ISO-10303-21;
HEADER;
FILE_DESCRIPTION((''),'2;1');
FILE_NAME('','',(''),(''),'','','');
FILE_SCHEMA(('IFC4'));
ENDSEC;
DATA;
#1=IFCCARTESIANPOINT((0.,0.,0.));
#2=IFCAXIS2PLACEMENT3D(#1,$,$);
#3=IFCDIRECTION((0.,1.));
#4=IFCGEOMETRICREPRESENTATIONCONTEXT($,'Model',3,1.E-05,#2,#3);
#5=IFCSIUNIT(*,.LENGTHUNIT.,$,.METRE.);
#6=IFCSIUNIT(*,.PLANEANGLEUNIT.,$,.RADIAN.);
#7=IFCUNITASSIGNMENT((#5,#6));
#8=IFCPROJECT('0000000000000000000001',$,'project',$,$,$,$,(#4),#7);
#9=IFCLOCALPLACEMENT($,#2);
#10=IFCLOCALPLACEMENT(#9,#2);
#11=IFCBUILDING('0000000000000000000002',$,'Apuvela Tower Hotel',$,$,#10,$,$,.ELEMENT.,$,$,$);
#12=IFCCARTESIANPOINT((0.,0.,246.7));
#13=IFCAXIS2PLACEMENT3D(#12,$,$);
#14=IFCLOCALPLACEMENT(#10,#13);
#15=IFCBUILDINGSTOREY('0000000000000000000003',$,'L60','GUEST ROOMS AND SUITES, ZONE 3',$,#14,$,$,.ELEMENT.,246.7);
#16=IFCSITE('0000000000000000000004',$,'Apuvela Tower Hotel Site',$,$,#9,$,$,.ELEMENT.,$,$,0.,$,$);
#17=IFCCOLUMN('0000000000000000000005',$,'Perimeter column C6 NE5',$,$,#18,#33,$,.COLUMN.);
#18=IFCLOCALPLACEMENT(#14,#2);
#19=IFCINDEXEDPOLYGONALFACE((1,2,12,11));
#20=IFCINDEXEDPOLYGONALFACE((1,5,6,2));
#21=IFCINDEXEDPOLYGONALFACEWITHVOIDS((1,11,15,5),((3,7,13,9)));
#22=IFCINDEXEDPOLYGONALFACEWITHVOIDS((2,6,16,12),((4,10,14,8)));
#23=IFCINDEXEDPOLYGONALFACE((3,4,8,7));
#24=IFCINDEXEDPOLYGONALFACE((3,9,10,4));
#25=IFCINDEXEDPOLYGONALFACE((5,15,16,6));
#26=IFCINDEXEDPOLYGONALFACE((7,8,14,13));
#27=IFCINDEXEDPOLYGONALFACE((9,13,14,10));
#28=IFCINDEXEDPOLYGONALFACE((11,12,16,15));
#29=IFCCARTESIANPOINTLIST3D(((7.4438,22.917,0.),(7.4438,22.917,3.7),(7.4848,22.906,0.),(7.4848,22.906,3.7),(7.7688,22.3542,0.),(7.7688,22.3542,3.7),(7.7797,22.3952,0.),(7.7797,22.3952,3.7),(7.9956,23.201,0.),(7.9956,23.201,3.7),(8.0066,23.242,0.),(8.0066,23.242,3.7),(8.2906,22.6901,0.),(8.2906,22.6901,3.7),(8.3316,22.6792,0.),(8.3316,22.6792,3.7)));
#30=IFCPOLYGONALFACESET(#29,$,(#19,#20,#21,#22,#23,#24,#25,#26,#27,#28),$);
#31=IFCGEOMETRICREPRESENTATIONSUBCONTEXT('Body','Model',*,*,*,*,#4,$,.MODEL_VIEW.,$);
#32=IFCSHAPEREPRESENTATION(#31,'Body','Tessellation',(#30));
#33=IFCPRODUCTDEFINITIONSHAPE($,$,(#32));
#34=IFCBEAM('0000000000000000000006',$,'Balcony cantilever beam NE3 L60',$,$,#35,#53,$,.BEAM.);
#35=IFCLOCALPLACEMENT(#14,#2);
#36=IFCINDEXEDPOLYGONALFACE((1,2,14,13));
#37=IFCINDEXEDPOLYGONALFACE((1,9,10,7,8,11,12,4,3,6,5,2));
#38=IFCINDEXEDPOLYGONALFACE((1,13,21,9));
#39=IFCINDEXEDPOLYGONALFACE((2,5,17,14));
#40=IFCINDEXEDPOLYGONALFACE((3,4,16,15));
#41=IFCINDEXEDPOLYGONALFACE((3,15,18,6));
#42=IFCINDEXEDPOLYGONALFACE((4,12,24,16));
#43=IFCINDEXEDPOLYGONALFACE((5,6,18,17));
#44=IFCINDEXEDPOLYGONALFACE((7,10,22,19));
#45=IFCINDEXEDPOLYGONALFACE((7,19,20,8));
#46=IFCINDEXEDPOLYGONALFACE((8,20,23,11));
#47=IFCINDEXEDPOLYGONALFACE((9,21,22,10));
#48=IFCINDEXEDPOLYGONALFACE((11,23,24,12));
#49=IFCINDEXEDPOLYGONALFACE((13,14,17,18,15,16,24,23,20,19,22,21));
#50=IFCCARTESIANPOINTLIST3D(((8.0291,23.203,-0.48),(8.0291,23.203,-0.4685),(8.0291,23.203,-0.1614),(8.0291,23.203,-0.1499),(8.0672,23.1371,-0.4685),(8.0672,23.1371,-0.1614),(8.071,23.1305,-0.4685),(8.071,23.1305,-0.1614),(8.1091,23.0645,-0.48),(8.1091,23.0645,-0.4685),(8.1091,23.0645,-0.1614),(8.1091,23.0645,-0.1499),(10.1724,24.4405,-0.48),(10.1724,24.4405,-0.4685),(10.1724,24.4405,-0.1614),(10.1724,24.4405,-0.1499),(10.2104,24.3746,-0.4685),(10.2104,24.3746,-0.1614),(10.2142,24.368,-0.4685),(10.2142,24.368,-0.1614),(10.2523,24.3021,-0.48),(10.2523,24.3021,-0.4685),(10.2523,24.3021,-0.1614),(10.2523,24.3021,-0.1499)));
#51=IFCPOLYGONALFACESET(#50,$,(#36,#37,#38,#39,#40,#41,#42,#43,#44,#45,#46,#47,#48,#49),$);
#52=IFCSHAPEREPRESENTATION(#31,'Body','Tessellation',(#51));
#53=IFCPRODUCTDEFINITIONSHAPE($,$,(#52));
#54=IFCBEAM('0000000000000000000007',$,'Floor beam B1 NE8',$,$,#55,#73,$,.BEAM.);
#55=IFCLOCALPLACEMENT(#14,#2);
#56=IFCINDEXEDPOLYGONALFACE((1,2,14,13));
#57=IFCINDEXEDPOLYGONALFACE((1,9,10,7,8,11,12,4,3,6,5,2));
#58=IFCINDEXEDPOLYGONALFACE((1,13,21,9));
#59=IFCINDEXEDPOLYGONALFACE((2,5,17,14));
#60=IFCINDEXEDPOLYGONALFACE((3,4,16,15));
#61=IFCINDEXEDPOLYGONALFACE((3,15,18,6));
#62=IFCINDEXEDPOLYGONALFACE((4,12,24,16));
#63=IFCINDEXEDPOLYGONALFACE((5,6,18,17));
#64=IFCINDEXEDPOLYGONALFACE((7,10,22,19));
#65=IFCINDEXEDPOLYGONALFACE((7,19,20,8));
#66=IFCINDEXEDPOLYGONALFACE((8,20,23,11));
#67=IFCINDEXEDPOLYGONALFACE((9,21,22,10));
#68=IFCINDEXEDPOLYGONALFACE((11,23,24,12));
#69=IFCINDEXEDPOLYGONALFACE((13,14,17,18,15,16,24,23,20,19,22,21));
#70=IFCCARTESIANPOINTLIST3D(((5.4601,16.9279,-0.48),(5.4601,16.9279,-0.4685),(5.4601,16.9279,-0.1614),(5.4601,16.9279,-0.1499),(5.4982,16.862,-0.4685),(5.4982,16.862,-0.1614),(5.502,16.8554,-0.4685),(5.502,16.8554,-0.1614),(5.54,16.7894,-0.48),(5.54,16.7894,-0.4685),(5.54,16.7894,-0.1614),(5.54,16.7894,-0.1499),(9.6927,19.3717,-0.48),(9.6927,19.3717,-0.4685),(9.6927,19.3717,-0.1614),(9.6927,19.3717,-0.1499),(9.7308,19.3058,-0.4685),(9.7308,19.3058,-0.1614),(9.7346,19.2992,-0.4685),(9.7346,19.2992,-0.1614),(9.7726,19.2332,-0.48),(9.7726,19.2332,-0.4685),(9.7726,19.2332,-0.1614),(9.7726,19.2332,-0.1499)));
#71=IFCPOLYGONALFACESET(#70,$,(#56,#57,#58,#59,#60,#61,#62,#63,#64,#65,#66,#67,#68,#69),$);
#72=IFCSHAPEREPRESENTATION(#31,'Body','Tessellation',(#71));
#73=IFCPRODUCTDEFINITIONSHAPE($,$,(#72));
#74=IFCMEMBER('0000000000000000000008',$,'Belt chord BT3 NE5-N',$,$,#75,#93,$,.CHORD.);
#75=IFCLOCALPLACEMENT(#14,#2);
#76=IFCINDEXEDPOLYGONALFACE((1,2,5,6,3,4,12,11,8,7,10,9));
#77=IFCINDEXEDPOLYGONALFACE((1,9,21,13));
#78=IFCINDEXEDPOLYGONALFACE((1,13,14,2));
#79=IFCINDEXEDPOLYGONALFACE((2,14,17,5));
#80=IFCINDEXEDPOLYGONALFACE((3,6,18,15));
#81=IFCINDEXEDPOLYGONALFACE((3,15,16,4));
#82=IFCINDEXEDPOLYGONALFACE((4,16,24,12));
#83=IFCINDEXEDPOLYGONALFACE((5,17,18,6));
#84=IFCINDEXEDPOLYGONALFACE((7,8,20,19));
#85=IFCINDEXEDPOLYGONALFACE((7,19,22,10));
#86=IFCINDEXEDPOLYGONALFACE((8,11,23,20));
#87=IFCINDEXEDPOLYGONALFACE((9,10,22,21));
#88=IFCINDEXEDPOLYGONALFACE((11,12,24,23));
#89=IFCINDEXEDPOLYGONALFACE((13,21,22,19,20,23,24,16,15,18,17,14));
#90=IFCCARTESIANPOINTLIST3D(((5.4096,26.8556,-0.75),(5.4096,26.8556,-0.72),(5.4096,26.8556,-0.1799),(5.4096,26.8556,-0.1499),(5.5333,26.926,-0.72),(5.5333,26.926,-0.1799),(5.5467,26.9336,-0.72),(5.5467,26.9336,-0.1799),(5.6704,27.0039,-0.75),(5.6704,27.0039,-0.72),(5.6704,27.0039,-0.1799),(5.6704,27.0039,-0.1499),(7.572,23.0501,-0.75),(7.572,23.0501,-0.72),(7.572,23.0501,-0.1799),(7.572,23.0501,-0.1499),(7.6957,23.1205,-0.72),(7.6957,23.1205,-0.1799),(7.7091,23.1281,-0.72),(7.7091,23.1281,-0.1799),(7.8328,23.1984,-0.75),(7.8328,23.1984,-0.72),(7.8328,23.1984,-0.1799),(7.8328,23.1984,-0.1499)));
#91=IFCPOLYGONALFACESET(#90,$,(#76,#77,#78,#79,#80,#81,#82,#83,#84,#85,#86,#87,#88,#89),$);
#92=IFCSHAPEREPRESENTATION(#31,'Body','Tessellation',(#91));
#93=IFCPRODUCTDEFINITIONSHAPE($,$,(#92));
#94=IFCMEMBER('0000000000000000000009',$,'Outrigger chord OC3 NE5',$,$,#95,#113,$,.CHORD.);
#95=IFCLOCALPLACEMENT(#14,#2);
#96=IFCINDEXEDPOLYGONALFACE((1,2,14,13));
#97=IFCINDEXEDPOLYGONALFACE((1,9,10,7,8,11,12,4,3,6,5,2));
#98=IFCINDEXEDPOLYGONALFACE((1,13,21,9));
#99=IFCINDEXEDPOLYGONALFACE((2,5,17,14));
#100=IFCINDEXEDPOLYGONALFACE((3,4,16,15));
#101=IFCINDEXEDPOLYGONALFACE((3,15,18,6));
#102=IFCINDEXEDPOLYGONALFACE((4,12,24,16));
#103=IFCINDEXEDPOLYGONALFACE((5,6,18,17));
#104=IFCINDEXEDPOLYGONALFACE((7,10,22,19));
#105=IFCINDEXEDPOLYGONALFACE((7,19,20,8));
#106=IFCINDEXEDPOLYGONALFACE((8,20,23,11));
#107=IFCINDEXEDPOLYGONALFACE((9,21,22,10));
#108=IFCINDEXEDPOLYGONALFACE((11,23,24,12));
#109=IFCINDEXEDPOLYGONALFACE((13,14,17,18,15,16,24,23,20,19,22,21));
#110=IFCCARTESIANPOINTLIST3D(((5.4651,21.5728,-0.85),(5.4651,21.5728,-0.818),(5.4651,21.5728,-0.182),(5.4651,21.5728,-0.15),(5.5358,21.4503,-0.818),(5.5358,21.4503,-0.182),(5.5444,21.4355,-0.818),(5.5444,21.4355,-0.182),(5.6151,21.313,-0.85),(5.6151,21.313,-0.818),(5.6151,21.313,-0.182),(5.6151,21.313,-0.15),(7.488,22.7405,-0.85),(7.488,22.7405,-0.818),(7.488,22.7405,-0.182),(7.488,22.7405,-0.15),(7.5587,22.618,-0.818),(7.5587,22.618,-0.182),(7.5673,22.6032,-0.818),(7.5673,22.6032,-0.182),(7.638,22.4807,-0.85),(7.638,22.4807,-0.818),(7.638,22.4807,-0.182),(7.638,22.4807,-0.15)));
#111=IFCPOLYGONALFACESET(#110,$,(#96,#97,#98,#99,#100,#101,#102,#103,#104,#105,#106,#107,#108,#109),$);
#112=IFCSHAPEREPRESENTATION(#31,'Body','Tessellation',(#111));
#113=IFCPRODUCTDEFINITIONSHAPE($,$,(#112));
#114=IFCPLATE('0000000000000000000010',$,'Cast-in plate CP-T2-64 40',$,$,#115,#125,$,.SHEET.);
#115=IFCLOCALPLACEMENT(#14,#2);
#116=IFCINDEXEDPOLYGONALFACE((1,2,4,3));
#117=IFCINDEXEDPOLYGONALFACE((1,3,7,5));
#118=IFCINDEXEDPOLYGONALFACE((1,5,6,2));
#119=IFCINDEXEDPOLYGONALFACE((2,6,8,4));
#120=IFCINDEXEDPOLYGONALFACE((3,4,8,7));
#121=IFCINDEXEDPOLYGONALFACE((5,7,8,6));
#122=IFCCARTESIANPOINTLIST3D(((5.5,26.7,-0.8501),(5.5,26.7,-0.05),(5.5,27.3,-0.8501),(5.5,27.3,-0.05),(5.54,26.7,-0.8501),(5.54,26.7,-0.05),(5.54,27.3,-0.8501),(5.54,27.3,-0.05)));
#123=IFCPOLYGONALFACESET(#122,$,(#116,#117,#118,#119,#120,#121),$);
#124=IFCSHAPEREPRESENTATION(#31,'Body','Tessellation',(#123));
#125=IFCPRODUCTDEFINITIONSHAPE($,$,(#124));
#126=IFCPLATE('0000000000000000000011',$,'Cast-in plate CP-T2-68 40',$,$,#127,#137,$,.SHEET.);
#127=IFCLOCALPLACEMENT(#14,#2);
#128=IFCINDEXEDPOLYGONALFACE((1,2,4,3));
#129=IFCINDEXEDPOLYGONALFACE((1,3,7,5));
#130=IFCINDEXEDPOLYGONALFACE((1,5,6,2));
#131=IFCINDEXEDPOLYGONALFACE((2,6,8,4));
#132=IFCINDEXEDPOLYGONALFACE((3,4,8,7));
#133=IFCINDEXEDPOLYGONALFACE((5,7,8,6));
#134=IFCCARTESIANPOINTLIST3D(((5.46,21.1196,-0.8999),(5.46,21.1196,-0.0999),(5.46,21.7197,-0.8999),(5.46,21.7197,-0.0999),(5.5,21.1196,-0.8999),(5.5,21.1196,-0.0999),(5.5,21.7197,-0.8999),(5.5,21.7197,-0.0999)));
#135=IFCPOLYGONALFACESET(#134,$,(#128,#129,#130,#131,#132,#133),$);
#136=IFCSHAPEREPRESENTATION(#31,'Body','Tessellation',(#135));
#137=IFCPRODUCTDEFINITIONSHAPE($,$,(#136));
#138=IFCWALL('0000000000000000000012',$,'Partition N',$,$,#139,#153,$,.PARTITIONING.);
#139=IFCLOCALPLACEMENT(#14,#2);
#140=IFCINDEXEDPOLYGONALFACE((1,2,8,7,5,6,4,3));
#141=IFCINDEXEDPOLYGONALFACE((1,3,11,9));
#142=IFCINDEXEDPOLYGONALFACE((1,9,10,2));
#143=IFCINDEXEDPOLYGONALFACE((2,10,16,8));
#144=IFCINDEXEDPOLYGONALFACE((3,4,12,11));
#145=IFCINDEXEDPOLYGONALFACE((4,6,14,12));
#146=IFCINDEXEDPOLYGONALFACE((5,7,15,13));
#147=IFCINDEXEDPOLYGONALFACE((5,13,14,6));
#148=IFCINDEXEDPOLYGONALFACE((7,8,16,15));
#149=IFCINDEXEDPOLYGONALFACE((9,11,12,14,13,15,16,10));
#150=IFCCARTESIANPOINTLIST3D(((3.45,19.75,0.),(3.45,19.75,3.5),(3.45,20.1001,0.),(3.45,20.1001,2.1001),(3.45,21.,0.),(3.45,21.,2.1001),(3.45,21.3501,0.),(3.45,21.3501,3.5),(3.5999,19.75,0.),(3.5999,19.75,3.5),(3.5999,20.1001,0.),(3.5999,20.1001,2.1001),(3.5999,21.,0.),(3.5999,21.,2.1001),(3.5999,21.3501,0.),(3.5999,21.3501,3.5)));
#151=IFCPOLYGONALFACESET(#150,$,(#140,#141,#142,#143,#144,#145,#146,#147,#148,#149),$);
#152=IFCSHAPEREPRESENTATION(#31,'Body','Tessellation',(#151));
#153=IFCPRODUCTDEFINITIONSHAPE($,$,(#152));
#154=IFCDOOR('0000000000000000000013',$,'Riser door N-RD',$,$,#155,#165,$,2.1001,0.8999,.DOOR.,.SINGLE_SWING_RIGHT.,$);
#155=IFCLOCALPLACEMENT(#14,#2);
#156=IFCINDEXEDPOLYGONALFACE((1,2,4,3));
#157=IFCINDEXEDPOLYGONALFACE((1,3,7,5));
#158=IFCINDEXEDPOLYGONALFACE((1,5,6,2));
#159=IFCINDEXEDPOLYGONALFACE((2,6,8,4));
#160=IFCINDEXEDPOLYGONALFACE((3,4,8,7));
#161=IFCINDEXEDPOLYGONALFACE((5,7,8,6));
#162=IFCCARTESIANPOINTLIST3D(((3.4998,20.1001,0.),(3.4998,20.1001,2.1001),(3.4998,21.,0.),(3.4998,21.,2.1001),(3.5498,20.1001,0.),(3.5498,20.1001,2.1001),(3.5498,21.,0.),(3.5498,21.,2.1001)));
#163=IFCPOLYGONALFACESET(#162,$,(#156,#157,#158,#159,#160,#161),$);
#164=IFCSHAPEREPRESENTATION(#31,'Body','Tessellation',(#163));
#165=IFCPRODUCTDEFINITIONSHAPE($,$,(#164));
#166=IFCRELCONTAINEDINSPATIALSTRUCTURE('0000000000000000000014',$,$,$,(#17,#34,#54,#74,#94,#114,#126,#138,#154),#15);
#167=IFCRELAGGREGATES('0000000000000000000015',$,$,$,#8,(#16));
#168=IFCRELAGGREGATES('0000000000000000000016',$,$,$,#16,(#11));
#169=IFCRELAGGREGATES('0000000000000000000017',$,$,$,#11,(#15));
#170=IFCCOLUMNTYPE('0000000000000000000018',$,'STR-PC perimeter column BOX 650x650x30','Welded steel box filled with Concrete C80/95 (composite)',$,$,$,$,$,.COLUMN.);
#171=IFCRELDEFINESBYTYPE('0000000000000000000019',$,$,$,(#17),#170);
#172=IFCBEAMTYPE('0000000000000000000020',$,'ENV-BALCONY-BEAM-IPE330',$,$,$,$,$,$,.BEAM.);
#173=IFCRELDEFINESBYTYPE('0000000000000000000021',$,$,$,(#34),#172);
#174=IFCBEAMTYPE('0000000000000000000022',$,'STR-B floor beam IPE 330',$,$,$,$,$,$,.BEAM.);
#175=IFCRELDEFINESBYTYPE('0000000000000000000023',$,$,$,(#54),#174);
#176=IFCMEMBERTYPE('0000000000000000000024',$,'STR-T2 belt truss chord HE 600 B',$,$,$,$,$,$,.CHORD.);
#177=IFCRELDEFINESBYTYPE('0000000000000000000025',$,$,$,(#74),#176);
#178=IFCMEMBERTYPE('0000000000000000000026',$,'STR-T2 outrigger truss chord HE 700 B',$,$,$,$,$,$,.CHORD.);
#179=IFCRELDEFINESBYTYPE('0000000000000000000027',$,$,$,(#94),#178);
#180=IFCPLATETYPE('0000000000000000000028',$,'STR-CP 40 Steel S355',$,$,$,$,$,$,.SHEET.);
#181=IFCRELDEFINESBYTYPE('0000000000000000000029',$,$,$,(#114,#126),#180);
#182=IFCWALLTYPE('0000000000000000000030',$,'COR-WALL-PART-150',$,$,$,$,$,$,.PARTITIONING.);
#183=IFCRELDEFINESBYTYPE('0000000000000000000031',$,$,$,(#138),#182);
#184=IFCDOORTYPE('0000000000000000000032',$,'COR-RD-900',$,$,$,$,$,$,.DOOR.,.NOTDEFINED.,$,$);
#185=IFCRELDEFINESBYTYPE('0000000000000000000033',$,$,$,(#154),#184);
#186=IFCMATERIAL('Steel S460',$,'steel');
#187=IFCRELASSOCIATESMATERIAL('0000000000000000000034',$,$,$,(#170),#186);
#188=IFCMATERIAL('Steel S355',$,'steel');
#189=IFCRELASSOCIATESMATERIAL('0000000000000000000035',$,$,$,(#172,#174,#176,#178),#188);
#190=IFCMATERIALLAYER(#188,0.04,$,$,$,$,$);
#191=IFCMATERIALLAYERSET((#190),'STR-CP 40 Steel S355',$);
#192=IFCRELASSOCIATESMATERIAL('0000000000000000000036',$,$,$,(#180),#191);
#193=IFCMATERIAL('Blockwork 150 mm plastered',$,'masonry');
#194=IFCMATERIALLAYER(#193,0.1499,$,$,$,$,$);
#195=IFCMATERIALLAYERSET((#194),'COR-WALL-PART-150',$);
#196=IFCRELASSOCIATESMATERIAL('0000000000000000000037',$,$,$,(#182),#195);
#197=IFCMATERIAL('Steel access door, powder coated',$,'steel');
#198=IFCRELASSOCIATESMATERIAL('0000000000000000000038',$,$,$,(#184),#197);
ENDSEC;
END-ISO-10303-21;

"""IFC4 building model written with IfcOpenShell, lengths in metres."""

from ifc_helpers import new_model, si_unit, direction, frame, frame_2d, origin, origin_2d, place, context, subcontext, project, spatial, rectangle, hollow_rectangle, i_section, extrude, material, layer, layer_set, material_profile, profile_set, type_object, element, fill, save


model = new_model("IFC4")

# Units and contexts
model_context = context("Model", 3, precision=1e-05, world=origin(), true_north=direction((0.0, 1.0)))
body_context = subcontext(model_context, "Body", "Model", "MODEL_VIEW")
ifc_project = project(units=[si_unit("LENGTHUNIT", "METRE"), si_unit("PLANEANGLEUNIT", "RADIAN")], contexts=[model_context])

# Site, building, storey
site_placement = place(None, origin())
site = spatial("IfcSite", under=ifc_project, at=site_placement, Name="Apuvela Tower Hotel Site", CompositionType="ELEMENT", RefElevation=0.0)
building_placement = place(site_placement, origin())
building = spatial("IfcBuilding", under=site, at=building_placement, Name="Apuvela Tower Hotel", CompositionType="ELEMENT")
storey_placement = place(building_placement, frame((0.0, 0.0, 246.7)))
storey = spatial("IfcBuildingStorey", under=building, at=storey_placement, Name="L60", Description="GUEST ROOMS AND SUITES, ZONE 3", CompositionType="ELEMENT", Elevation=246.7)

# Column
ifc_material_1 = material(Name="Steel S460", Category="steel")
ifc_material_profile_1 = material_profile(ifc_material_1, hollow_rectangle(XDim=0.6499, YDim=0.6499, WallThickness=0.03, at=origin_2d()), Name="BOX 650x650x30")
ifc_material_2 = material(Name="Concrete C80/95", Category="concrete")
ifc_material_profile_2 = material_profile(ifc_material_2, rectangle(XDim=0.5901, YDim=0.5901, at=origin_2d()), Name="Concrete C80/95 infill")
ifc_profile_set_1 = profile_set([ifc_material_profile_1, ifc_material_profile_2], Name="Steel S460")
column_type = type_object("IfcColumnType", Name="STR-PC perimeter column BOX 650x650x30", Description="Welded steel box filled with Concrete C80/95 (composite)", PredefinedType="COLUMN", material=ifc_profile_set_1)
column_placement = place(storey_placement, frame((7.8877, 22.7981, 0.0), z_axis=(0.0, 0.0, 1.0), x_axis=(-0.5, 0.866025, 0.0)))
element("IfcColumn", 1, at=column_placement, inside=storey, type_object=column_type, Name="Perimeter column C6 NE5", PredefinedType="COLUMN", context=body_context, shape_type="SweptSolid", body=[
    extrude(hollow_rectangle(XDim=0.6499, YDim=0.6499, WallThickness=0.03, at=origin_2d()), origin(), (0.0, 0.0, 1.0), 3.7),
])

# Beams
ifc_material_3 = material(Name="Steel S355", Category="steel")
ifc_material_profile_3 = material_profile(ifc_material_3, i_section(OverallWidth=0.1599, OverallDepth=0.3301, WebThickness=0.0076, FlangeThickness=0.0115, at=origin_2d()), Name="IPE 330")
ifc_profile_set_2 = profile_set([ifc_material_profile_3], Name="Steel S355")
beam_type_1 = type_object("IfcBeamType", Name="ENV-BALCONY-BEAM-IPE330", PredefinedType="BEAM", material=ifc_profile_set_2)
beam_1_placement = place(storey_placement, frame((8.0691, 23.1338, -0.3149), z_axis=(0.866007, 0.500033, 0.0), x_axis=(-0.500033, 0.866007, 0.0)))
element("IfcBeam", 2, at=beam_1_placement, inside=storey, type_object=beam_type_1, Name="Balcony cantilever beam NE3 L60", PredefinedType="BEAM", context=body_context, shape_type="SweptSolid", body=[
    extrude(i_section(OverallWidth=0.1599, OverallDepth=0.3301, WebThickness=0.0076, FlangeThickness=0.0115, at=origin_2d()), origin(), (0.0, 0.0, 1.0), 2.4749),
])
ifc_material_profile_4 = material_profile(ifc_material_3, i_section(OverallWidth=0.1599, OverallDepth=0.3301, WebThickness=0.0076, FlangeThickness=0.0115, at=origin_2d()), Name="IPE 330")
ifc_profile_set_3 = profile_set([ifc_material_profile_4], Name="Steel S355")
beam_type_2 = type_object("IfcBeamType", Name="STR-B floor beam IPE 330", PredefinedType="BEAM", material=ifc_profile_set_3)
beam_2_placement = place(storey_placement, frame((9.7327, 19.3025, -0.3149), z_axis=(-0.866015, -0.500018, 0.0), x_axis=(0.500018, -0.866015, 0.0)))
element("IfcBeam", 3, at=beam_2_placement, inside=storey, type_object=beam_type_2, Name="Floor beam B1 NE8", PredefinedType="BEAM", context=body_context, shape_type="SweptSolid", body=[
    extrude(i_section(OverallWidth=0.1599, OverallDepth=0.3301, WebThickness=0.0076, FlangeThickness=0.0115, at=origin_2d()), origin(), (0.0, 0.0, 1.0), 4.8875),
])

# Members
ifc_material_profile_5 = material_profile(ifc_material_3, i_section(OverallWidth=0.3, OverallDepth=0.6001, WebThickness=0.0154, FlangeThickness=0.03, at=origin_2d()), Name="HE 600 B")
ifc_profile_set_4 = profile_set([ifc_material_profile_5], Name="Steel S355")
member_type_1 = type_object("IfcMemberType", Name="STR-T2 belt truss chord HE 600 B", PredefinedType="CHORD", material=ifc_profile_set_4)
member_1_placement = place(storey_placement, frame((7.7024, 23.1243, -0.45), z_axis=(-0.494041, 0.869439, 0.0), x_axis=(-0.869439, -0.494041, 0.0)))
element("IfcMember", 4, at=member_1_placement, inside=storey, type_object=member_type_1, Name="Belt chord BT3 NE5-N", PredefinedType="CHORD", context=body_context, shape_type="SweptSolid", body=[
    extrude(i_section(OverallWidth=0.3, OverallDepth=0.6001, WebThickness=0.0154, FlangeThickness=0.03, at=origin_2d()), origin(), (0.0, 0.0, 1.0), 4.377),
])
ifc_material_profile_6 = material_profile(ifc_material_3, i_section(OverallWidth=0.3, OverallDepth=0.7, WebThickness=0.0171, FlangeThickness=0.032, at=origin_2d()), Name="HE 700 B")
ifc_profile_set_5 = profile_set([ifc_material_profile_6], Name="Steel S355")
member_type_2 = type_object("IfcMemberType", Name="STR-T2 outrigger truss chord HE 700 B", PredefinedType="CHORD", material=ifc_profile_set_5)
member_2_placement = place(storey_placement, frame((7.563, 22.6106, -0.5), z_axis=(-0.866067, -0.499928, 0.0), x_axis=(0.499928, -0.866067, 0.0)))
element("IfcMember", 5, at=member_2_placement, inside=storey, type_object=member_type_2, Name="Outrigger chord OC3 NE5", PredefinedType="CHORD", context=body_context, shape_type="SweptSolid", body=[
    extrude(i_section(OverallWidth=0.3, OverallDepth=0.7, WebThickness=0.0171, FlangeThickness=0.032, at=origin_2d()), origin(), (0.0, 0.0, 1.0), 2.3357),
])

# Plates
ifc_layer_1 = layer(ifc_material_3, 0.04)
ifc_layer_set_1 = layer_set([ifc_layer_1], Name="STR-CP 40 Steel S355")
plate_type = type_object("IfcPlateType", Name="STR-CP 40 Steel S355", PredefinedType="SHEET", material=ifc_layer_set_1)
for number, where, z_axis, x_axis, name in (
    (6, (5.52, 27.0, -0.8501), (0.0, 0.0, 1.0), (1.0, 0.0, 0.0), "Cast-in plate CP-T2-64 40"),
    (7, (5.48, 21.4197, -0.8999), (0.0, 0.0, 1.0), (-1.0, 0.0, 0.0), "Cast-in plate CP-T2-68 40"),
):
    element("IfcPlate", number, at=place(storey_placement, frame(where, z_axis=z_axis, x_axis=x_axis)), inside=storey, type_object=plate_type, Name=name, PredefinedType="SHEET", context=body_context, shape_type="SweptSolid", body=[
        extrude(rectangle(XDim=0.04, YDim=0.6001, at=origin_2d()), origin(), (0.0, 0.0, 1.0), 0.8),
    ])

# Wall, opening, door
ifc_material_4 = material(Name="Blockwork 150 mm plastered", Category="masonry")
ifc_layer_2 = layer(ifc_material_4, 0.1499)
ifc_layer_set_2 = layer_set([ifc_layer_2], Name="COR-WALL-PART-150")
wall_type_1 = type_object("IfcWallType", Name="COR-WALL-PART-150", PredefinedType="PARTITIONING", material=ifc_layer_set_2)
wall_1_placement = place(storey_placement, frame((3.5249, 19.75, 0.0), z_axis=(0.0, 0.0, 1.0), x_axis=(0.0, 1.0, 0.0)))
wall_1 = element("IfcWall", 8, at=wall_1_placement, inside=storey, type_object=wall_type_1, Name="Partition N", PredefinedType="PARTITIONING", context=body_context, shape_type="SweptSolid", body=[
    extrude(rectangle(XDim=1.6001, YDim=0.1499, at=frame_2d((0.8, 0.0))), origin(), (0.0, 0.0, 1.0), 3.5),
])
opening_1_placement = place(wall_1_placement, frame((0.3501, 0.0, 0.0)))
opening_1 = element("IfcOpeningElement", 9, at=opening_1_placement, cuts=wall_1, PredefinedType="OPENING", context=body_context, shape_type="SweptSolid", body=[
    extrude(rectangle(XDim=0.8999, YDim=2.1001, at=frame_2d((0.45, 1.05))), frame((0.0, 0.085, 0.0), z_axis=(0.0, -1.0, 0.0), x_axis=(1.0, 0.0, 0.0)), (0.0, 0.0, 1.0), 0.1699),
])
ifc_material_5 = material(Name="Steel access door, powder coated", Category="steel")
door_type_1 = type_object("IfcDoorType", Name="COR-RD-900", OperationType="NOTDEFINED", PredefinedType="DOOR", material=ifc_material_5)
door_1_placement = place(opening_1_placement, frame((0.8999, 0.0, 0.0), z_axis=(0.0, 0.0, 1.0), x_axis=(-1.0, 0.0, 0.0)))
door_1 = element("IfcDoor", 10, at=door_1_placement, inside=storey, type_object=door_type_1, Name="Riser door N-RD", OperationType="SINGLE_SWING_RIGHT", OverallHeight=2.1001, OverallWidth=0.8999, PredefinedType="DOOR", context=body_context, shape_type="SweptSolid", body=[
    extrude(rectangle(XDim=0.8999, YDim=2.1001, at=frame_2d((0.45, 1.05))), frame((0.0, 0.0249, 0.0), z_axis=(0.0, -1.0, 0.0), x_axis=(1.0, 0.0, 0.0)), (0.0, 0.0, 1.0), 0.05),
])
fill(opening_1, door_1)

save(model, "model.ifc")
